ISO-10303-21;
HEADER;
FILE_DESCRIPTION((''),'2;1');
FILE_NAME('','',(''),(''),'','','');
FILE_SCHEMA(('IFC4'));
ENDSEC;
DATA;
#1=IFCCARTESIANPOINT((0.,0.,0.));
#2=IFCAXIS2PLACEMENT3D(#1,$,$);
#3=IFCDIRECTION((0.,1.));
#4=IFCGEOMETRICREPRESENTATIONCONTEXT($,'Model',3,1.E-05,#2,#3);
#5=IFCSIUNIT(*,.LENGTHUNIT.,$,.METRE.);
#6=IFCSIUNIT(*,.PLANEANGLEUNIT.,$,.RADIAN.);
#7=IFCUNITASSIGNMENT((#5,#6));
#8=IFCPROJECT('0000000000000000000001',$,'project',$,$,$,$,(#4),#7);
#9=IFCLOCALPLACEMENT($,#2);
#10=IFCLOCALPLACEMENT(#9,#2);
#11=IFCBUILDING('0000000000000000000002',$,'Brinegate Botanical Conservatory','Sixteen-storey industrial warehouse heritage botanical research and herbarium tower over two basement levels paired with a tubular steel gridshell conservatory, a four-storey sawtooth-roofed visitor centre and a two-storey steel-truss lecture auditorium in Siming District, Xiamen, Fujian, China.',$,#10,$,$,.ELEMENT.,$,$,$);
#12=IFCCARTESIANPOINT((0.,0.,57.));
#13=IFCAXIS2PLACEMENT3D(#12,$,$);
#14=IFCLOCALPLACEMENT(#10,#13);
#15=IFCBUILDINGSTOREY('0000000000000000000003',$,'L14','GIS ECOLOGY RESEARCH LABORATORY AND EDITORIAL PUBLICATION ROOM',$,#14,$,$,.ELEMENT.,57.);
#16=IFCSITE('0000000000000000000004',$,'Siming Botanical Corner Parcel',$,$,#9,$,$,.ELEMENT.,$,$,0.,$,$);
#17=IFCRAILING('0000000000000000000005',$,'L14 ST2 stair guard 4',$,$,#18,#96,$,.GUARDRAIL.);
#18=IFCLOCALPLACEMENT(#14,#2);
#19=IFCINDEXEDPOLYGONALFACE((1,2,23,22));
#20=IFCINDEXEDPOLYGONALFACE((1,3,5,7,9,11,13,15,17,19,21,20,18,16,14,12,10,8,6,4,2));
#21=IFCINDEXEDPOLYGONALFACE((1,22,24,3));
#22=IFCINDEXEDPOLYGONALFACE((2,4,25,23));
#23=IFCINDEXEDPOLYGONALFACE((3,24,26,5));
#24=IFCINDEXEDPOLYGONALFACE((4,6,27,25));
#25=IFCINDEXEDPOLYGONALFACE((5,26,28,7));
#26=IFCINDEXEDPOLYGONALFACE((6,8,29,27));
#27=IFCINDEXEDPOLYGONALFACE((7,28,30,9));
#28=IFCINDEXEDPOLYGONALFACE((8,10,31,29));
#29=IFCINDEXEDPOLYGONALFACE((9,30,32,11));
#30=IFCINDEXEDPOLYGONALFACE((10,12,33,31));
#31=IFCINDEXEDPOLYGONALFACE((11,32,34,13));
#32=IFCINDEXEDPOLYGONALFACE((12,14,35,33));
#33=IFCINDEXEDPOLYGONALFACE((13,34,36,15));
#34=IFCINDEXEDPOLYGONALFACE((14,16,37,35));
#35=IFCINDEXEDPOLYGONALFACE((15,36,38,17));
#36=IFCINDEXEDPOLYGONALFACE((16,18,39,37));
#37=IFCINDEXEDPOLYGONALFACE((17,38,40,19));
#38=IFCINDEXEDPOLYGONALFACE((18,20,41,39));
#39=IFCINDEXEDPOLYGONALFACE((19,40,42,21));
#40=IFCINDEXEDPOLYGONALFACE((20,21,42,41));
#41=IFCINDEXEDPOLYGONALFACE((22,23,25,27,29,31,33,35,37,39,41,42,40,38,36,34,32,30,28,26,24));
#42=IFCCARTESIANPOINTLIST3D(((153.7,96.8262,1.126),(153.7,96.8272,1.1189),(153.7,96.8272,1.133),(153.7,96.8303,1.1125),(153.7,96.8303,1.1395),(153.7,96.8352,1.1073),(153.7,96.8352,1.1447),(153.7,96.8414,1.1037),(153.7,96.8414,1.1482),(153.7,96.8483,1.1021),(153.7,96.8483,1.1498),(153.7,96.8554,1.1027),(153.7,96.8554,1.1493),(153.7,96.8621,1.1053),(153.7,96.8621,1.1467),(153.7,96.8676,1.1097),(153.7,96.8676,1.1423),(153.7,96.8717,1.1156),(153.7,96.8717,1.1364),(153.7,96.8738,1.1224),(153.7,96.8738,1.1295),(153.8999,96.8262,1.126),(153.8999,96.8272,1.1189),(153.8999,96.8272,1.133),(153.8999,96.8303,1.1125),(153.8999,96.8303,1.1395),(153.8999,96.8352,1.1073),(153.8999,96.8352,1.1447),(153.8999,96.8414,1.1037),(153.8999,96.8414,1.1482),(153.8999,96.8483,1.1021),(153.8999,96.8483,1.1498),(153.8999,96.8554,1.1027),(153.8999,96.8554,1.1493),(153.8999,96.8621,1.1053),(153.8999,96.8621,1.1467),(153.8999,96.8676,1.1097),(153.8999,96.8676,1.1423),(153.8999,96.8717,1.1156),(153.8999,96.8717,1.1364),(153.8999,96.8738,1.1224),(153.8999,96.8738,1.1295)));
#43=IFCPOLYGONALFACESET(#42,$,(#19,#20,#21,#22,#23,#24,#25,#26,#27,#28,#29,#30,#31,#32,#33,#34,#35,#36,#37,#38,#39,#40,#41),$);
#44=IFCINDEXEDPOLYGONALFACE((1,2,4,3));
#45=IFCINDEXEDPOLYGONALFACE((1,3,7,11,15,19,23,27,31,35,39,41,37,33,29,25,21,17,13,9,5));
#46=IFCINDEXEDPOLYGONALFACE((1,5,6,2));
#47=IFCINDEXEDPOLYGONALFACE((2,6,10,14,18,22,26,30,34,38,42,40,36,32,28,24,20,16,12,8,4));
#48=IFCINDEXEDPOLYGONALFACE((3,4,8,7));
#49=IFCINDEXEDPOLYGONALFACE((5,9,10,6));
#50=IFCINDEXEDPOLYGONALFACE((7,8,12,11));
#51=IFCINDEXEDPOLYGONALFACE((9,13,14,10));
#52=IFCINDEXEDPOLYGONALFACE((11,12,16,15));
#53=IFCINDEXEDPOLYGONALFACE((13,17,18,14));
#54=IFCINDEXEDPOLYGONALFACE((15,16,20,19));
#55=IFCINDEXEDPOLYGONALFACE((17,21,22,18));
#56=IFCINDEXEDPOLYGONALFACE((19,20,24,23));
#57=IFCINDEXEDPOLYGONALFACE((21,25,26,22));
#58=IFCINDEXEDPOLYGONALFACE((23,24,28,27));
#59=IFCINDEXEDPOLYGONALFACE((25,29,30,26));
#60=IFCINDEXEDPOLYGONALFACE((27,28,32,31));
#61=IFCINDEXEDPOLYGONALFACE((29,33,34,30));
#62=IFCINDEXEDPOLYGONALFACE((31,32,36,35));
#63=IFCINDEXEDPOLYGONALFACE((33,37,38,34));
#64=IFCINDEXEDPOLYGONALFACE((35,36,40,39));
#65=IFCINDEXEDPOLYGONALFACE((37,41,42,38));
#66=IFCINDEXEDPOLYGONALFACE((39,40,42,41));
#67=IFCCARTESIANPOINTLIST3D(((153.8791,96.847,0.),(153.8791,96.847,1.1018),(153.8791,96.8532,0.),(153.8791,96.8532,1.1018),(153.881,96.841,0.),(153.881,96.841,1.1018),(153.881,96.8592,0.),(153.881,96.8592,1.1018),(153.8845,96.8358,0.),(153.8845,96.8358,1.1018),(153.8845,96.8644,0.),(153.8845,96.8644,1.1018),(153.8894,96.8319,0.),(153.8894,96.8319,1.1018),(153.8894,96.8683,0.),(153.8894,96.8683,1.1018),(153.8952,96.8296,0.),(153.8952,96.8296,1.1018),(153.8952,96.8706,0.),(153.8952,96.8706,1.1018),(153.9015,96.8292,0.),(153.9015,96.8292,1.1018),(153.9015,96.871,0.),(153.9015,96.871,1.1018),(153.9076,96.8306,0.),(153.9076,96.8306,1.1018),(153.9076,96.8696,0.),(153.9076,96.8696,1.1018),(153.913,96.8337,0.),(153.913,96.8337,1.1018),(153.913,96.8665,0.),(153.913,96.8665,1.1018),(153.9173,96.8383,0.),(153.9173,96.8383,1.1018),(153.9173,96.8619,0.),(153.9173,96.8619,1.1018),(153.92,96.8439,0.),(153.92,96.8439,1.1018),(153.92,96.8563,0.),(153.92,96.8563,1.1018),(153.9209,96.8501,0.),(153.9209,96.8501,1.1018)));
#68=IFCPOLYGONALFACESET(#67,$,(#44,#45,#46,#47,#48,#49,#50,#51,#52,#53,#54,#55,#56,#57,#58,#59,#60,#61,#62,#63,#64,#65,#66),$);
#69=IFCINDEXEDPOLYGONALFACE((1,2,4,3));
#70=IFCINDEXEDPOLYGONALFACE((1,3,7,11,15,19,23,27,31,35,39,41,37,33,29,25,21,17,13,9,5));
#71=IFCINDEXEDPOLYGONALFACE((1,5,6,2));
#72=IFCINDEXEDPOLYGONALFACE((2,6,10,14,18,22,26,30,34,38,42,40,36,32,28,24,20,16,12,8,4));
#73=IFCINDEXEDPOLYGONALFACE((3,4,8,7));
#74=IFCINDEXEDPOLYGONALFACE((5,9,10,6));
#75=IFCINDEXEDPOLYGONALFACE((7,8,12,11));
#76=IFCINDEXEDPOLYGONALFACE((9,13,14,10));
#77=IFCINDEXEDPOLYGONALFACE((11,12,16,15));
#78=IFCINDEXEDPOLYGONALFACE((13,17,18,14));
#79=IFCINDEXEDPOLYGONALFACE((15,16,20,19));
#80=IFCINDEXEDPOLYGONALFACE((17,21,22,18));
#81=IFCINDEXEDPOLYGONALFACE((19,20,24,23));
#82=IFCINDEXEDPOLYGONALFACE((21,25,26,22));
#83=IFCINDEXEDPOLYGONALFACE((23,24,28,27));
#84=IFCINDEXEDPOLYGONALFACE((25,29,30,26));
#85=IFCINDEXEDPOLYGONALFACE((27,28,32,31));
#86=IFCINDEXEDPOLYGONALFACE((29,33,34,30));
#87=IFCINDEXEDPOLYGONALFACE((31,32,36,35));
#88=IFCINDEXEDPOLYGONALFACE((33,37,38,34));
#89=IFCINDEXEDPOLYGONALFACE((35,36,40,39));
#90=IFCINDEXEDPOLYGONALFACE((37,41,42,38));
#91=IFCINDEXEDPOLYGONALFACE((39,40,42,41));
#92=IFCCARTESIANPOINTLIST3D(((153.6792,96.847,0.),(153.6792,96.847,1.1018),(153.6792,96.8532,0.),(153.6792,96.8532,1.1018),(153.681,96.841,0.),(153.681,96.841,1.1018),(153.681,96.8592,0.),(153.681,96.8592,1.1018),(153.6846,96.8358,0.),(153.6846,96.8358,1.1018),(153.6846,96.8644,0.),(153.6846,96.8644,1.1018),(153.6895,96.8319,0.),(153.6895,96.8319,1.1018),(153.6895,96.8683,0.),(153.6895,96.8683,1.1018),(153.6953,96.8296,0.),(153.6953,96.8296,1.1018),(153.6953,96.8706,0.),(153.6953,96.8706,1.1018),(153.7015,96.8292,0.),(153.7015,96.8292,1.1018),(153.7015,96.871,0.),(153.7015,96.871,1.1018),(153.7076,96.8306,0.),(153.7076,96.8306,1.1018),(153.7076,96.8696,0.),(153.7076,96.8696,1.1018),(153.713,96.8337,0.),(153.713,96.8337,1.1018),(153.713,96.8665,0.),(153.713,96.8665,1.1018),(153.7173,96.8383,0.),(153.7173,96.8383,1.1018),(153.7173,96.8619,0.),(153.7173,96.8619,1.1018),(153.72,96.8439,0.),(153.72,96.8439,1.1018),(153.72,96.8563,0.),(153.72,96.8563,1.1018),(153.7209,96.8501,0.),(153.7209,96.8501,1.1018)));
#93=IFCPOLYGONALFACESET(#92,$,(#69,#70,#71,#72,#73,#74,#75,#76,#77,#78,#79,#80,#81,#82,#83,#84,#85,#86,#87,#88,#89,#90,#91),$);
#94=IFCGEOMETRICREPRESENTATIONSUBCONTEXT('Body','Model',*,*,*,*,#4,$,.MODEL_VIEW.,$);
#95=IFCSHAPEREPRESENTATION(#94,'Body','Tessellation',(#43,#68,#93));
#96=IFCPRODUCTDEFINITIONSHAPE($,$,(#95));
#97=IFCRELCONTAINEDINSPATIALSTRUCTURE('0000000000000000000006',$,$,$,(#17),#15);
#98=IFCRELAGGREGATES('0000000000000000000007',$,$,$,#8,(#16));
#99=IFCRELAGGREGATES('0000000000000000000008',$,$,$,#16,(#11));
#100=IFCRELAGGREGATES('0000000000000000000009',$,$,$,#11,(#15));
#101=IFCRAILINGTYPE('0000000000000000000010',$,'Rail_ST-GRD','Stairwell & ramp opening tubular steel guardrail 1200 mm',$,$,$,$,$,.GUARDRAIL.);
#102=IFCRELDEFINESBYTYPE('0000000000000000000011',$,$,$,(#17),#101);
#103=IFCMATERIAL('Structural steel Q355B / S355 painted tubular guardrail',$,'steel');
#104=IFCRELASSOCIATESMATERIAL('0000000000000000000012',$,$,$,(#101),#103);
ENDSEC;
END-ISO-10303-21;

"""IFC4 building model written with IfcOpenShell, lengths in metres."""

from ifc_helpers import new_model, si_unit, direction, frame, origin, origin_2d, place, context, subcontext, project, spatial, circle, extrude, material, type_object, element, save


model = new_model("IFC4")

# Units and contexts
model_context = context("Model", 3, precision=1e-05, world=origin(), true_north=direction((0.0, 1.0)))
body_context = subcontext(model_context, "Body", "Model", "MODEL_VIEW")
ifc_project = project(units=[si_unit("LENGTHUNIT", "METRE"), si_unit("PLANEANGLEUNIT", "RADIAN")], contexts=[model_context])

# Site, building, storey
site_placement = place(None, origin())
site = spatial("IfcSite", under=ifc_project, at=site_placement, Name="Siming Botanical Corner Parcel", CompositionType="ELEMENT", RefElevation=0.0)
building_placement = place(site_placement, origin())
building = spatial("IfcBuilding", under=site, at=building_placement, Name="Brinegate Botanical Conservatory", Description="Sixteen-storey industrial warehouse heritage botanical research and herbarium tower over two basement levels paired with a tubular steel gridshell conservatory, a four-storey sawtooth-roofed visitor centre and a two-storey steel-truss lecture auditorium in Siming District, Xiamen, Fujian, China.", CompositionType="ELEMENT")
storey_placement = place(building_placement, frame((0.0, 0.0, 57.0)))
storey = spatial("IfcBuildingStorey", under=building, at=storey_placement, Name="L14", Description="GIS ECOLOGY RESEARCH LABORATORY AND EDITORIAL PUBLICATION ROOM", CompositionType="ELEMENT", Elevation=57.0)

# Railing
ifc_material_1 = material(Name="Structural steel Q355B / S355 painted tubular guardrail", Category="steel")
railing_type_1 = type_object("IfcRailingType", Name="Rail_ST-GRD", Description="Stairwell & ramp opening tubular steel guardrail 1200 mm", PredefinedType="GUARDRAIL", material=ifc_material_1)
railing_1_placement = place(storey_placement, frame((153.8999, 96.8501, 0.0)))
element("IfcRailing", 1, at=railing_1_placement, inside=storey, type_object=railing_type_1, Name="L14 ST2 stair guard 4", PredefinedType="GUARDRAIL", context=body_context, shape_type="SweptSolid", body=[
    extrude(circle(Radius=0.0239, at=origin_2d()), frame((0.0, 0.0, 1.126), z_axis=(-1.0, 0.0, 0.0), x_axis=(0.0, -1.0, 0.0)), (0.0, 0.0, 1.0), 0.2),
    extrude(circle(Radius=0.021, at=origin_2d()), origin(), (0.0, 0.0, 1.0), 1.1018),
    extrude(circle(Radius=0.021, at=origin_2d()), frame((-0.2, 0.0, 0.0)), (0.0, 0.0, 1.0), 1.1018),
])

save(model, "model.ifc")
